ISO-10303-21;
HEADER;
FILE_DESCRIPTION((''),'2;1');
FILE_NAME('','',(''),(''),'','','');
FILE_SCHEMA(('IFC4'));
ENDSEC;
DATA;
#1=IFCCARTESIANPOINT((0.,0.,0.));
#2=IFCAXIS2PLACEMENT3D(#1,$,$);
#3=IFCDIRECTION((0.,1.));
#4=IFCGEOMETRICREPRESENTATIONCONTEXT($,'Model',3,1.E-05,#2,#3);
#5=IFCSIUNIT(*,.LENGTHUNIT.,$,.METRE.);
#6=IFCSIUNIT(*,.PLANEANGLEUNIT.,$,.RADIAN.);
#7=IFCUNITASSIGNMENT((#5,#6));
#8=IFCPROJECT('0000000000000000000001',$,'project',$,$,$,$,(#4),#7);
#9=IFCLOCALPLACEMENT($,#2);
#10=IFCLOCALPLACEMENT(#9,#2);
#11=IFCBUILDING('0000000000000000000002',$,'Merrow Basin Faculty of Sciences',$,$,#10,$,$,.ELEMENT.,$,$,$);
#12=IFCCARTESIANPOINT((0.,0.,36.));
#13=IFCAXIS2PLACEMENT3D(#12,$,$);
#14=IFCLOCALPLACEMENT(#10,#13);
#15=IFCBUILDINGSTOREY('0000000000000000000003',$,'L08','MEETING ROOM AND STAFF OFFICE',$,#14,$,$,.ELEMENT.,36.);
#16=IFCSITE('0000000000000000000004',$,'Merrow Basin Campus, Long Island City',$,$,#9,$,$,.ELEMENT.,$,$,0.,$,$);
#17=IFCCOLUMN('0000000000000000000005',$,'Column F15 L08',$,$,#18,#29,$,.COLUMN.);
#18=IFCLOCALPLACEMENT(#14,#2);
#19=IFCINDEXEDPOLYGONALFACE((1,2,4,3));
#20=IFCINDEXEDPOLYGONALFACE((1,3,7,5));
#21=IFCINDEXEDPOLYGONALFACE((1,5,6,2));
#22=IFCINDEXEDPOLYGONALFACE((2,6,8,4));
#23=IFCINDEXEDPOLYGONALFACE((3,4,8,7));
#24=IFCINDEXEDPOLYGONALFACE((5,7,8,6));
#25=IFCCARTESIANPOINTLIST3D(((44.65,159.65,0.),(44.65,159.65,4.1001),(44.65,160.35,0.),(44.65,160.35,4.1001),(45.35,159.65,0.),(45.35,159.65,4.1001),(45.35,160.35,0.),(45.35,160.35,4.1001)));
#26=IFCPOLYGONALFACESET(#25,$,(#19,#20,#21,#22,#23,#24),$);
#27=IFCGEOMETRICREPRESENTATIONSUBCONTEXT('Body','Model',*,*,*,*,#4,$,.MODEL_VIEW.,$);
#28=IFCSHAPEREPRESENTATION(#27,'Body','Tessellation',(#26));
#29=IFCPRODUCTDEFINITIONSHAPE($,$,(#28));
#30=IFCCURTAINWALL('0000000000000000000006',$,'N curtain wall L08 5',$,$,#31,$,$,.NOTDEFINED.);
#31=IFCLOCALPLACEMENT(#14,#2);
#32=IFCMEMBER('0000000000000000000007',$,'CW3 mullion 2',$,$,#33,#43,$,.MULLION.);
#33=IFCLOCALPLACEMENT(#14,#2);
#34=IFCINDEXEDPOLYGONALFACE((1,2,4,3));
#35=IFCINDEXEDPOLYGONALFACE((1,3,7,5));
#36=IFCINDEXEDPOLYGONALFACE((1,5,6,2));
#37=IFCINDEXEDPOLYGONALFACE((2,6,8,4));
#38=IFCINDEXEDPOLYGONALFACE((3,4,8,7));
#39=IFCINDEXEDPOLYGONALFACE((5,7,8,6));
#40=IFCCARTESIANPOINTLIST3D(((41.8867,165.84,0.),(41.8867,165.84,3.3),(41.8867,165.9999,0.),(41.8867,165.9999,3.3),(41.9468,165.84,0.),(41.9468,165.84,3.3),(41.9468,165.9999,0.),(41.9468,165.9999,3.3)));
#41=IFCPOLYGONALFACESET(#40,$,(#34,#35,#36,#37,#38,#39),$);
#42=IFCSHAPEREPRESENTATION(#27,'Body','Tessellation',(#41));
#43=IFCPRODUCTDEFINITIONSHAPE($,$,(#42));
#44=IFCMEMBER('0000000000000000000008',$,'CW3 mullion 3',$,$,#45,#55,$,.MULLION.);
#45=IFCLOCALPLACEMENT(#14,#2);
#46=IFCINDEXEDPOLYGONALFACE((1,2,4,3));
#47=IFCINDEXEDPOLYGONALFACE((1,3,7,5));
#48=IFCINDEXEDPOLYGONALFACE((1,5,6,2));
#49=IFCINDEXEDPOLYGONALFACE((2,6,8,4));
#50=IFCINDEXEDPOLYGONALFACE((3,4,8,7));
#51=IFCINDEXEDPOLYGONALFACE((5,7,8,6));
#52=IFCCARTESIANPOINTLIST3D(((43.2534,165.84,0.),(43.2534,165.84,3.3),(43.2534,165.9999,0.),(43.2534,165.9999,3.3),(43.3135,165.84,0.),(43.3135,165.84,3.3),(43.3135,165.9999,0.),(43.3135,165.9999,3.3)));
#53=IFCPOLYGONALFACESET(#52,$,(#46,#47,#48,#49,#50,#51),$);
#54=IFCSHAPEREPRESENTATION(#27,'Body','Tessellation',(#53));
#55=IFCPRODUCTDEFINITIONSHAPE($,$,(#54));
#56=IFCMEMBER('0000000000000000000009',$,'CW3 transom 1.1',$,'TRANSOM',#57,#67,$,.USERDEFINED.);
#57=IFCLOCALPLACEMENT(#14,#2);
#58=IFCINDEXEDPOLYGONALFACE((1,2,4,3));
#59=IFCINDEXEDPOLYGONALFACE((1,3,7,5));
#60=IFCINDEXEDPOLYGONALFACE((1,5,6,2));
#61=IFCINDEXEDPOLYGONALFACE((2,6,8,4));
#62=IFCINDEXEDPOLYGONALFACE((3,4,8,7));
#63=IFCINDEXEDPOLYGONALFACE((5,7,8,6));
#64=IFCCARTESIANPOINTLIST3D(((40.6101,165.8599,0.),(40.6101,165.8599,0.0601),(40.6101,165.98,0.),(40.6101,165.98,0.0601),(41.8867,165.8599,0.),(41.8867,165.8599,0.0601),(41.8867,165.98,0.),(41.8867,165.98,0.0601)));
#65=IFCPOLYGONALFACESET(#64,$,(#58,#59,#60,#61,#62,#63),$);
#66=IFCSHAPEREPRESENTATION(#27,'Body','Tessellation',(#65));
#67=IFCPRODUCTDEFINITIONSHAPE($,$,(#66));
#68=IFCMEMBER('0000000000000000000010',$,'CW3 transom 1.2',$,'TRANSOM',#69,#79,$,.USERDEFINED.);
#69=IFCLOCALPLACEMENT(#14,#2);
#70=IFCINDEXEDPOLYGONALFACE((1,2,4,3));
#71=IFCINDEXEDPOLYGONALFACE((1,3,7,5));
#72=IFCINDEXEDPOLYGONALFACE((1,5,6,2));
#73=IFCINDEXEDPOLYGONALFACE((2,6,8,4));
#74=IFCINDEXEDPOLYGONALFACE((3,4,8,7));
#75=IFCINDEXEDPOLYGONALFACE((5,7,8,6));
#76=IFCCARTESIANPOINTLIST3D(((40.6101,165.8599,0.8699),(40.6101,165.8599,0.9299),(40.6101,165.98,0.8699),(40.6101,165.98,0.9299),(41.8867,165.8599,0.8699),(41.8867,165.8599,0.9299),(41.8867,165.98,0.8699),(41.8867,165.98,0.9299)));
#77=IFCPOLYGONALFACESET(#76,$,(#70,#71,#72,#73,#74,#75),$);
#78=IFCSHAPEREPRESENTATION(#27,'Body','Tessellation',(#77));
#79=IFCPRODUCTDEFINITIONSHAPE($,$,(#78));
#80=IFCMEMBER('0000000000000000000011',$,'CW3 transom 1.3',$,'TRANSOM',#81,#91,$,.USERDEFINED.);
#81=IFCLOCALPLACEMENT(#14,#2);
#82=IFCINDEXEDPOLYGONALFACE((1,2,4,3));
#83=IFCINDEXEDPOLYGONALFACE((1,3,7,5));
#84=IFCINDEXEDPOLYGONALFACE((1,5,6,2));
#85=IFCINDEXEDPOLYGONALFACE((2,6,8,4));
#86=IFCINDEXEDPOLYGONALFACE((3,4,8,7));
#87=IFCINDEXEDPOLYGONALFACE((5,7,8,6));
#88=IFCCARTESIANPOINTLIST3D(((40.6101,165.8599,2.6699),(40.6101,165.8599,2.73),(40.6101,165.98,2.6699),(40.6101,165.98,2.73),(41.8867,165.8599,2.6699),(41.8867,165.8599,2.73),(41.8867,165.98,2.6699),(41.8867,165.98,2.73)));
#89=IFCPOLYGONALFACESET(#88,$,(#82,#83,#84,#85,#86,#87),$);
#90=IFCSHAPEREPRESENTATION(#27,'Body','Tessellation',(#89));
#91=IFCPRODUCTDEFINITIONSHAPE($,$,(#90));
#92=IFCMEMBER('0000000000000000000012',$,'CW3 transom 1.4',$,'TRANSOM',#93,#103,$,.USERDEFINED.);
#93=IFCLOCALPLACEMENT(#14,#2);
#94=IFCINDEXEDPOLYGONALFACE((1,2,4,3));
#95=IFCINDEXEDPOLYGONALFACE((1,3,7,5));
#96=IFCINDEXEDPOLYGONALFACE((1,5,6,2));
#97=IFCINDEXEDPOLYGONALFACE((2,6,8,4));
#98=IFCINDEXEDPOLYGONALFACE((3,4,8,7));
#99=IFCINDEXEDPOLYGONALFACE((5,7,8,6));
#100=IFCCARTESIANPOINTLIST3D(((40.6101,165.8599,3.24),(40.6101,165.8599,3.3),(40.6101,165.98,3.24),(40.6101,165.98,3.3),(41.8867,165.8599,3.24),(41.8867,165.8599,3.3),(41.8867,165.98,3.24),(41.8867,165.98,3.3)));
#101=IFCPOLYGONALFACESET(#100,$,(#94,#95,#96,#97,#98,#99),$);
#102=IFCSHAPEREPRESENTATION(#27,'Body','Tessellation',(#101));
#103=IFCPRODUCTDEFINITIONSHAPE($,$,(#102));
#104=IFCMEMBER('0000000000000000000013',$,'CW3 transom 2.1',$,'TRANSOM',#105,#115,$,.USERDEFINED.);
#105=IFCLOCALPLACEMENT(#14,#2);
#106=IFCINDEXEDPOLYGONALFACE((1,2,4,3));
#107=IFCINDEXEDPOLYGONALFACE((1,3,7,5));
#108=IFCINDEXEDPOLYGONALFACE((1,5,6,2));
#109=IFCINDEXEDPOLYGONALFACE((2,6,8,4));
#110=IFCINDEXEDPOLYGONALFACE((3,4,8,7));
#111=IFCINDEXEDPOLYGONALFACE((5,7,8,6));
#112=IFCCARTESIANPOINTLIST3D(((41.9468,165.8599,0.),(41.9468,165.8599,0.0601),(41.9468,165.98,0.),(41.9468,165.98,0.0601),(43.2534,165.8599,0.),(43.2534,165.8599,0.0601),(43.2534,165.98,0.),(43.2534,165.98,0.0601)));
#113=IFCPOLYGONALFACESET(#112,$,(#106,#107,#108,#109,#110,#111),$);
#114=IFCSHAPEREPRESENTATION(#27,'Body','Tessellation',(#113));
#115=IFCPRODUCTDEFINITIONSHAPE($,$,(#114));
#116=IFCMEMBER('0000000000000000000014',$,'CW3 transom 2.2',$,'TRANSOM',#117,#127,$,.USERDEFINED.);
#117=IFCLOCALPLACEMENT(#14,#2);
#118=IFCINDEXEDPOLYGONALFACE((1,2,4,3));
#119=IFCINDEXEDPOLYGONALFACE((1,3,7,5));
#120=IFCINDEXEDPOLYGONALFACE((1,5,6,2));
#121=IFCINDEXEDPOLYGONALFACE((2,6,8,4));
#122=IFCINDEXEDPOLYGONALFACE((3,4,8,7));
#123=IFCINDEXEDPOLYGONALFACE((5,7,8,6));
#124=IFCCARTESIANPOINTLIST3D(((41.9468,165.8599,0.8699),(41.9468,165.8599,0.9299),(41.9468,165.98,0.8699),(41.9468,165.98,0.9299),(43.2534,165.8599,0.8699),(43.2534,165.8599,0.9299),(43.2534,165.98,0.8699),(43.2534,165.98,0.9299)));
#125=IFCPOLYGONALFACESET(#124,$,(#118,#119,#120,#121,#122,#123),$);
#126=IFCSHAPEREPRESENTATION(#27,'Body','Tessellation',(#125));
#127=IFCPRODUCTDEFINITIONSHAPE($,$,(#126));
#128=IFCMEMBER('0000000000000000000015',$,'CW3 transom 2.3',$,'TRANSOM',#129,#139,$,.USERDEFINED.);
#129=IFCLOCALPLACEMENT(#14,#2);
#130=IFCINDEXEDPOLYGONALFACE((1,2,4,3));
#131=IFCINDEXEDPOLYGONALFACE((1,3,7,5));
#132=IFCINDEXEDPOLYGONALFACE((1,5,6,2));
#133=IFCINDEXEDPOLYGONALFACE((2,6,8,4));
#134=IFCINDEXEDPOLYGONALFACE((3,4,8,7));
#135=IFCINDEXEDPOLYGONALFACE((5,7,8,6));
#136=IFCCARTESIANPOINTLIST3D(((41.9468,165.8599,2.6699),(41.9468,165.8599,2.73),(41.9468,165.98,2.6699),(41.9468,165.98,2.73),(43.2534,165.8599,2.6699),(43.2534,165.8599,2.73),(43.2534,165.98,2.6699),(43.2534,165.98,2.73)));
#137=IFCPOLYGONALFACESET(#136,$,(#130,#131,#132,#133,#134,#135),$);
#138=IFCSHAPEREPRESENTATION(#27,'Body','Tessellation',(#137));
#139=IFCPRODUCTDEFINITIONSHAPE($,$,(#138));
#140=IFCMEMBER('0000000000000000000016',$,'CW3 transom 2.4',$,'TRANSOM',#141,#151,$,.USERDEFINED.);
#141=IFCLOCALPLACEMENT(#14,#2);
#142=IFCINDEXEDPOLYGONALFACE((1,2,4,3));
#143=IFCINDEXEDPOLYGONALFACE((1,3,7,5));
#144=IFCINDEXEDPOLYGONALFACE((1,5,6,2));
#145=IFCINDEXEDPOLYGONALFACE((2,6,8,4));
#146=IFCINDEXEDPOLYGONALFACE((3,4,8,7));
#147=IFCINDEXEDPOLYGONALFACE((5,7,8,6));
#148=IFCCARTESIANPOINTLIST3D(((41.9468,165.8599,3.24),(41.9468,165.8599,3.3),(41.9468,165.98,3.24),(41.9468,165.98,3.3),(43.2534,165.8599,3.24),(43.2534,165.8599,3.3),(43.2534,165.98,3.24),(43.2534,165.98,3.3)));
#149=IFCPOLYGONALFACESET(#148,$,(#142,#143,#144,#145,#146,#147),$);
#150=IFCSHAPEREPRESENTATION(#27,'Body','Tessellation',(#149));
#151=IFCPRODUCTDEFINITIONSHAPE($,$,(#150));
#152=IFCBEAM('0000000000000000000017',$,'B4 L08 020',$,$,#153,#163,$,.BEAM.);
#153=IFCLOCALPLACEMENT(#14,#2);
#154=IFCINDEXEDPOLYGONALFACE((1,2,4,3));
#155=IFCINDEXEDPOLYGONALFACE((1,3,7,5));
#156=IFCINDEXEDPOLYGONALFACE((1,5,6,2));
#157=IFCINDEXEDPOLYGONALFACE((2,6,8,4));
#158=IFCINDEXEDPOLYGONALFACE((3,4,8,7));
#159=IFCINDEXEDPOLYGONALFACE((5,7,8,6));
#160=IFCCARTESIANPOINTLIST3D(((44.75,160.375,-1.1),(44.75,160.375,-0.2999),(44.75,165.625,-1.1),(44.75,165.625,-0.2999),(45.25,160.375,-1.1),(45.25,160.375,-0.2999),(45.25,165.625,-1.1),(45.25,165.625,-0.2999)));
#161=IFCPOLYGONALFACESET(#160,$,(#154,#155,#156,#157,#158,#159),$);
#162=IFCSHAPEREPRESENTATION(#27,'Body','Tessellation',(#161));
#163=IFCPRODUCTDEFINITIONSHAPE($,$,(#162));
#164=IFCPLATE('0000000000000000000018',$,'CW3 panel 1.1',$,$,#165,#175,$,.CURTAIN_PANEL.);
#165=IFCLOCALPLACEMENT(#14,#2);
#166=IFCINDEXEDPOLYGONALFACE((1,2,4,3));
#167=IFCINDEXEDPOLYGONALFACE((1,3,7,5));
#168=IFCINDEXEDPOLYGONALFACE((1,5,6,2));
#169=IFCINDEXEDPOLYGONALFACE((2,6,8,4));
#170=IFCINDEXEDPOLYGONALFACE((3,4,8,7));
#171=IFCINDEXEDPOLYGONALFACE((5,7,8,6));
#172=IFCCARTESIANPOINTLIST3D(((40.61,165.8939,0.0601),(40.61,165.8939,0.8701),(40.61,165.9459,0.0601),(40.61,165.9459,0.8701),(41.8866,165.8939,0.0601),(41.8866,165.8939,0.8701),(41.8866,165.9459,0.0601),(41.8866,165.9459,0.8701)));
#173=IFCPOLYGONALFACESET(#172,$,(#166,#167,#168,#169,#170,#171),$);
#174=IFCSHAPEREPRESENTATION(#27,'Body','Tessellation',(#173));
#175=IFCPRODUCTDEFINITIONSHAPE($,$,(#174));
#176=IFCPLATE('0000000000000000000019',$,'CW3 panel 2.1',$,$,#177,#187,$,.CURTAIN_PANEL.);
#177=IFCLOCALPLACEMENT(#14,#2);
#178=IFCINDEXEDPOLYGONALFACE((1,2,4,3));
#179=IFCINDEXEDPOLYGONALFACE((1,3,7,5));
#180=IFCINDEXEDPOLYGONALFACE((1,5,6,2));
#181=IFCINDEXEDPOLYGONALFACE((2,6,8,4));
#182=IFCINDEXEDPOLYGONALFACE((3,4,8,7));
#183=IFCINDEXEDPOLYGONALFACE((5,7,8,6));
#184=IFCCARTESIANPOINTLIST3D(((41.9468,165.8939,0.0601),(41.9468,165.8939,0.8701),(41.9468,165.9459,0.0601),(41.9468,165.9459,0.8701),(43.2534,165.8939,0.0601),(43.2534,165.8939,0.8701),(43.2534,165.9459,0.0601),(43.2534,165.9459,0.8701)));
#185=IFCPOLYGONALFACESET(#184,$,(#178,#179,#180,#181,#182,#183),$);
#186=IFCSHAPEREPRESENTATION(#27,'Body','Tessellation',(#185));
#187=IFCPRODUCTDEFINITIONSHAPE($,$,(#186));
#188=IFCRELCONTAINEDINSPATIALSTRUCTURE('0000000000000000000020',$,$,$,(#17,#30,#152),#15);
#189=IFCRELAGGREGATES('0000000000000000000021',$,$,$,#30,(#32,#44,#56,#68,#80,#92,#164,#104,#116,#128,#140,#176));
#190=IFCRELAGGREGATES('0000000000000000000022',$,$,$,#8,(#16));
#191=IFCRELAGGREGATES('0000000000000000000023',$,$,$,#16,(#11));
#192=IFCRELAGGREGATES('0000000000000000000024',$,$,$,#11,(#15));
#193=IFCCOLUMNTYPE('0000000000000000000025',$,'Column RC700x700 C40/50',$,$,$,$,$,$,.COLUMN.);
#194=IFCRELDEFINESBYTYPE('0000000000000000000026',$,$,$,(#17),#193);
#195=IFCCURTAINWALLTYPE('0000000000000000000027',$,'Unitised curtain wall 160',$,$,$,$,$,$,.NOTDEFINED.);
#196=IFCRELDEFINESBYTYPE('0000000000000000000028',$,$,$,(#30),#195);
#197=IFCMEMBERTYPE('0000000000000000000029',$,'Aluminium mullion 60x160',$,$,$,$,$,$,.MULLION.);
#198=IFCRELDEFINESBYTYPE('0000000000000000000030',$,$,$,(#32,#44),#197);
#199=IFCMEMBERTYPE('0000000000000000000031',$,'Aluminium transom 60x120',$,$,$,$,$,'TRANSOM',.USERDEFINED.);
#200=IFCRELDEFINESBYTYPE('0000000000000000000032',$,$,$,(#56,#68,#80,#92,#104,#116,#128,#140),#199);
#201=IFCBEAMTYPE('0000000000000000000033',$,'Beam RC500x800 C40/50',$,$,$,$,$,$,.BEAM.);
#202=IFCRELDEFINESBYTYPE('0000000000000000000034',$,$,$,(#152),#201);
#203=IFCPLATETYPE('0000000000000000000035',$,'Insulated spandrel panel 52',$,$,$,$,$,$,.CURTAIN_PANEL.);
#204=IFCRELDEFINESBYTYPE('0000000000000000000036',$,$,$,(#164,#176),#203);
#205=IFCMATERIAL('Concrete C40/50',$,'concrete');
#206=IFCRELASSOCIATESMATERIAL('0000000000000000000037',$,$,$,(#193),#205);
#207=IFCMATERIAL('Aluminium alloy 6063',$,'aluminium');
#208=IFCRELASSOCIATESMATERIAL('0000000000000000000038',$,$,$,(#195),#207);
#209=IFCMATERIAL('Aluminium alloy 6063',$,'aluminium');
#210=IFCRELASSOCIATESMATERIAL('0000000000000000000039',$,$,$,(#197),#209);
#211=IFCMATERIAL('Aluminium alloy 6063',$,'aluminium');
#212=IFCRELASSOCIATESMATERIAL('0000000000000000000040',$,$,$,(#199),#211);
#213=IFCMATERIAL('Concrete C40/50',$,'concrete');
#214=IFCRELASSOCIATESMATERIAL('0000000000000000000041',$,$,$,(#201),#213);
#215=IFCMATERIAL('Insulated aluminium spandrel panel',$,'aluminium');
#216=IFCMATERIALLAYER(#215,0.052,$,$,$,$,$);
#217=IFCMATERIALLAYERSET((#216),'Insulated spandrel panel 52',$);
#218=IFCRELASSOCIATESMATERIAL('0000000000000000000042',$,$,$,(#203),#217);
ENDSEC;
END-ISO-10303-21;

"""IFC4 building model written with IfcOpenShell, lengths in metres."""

from ifc_helpers import new_model, si_unit, direction, frame, origin, origin_2d, place, context, subcontext, project, spatial, rectangle, extrude, material, layer, layer_set, material_profile, profile_set, type_object, element, aggregate, save


model = new_model("IFC4")

# Units and contexts
model_context = context("Model", 3, precision=1e-05, world=origin(), true_north=direction((0.0, 1.0)))
body_context = subcontext(model_context, "Body", "Model", "MODEL_VIEW")
ifc_project = project(units=[si_unit("LENGTHUNIT", "METRE"), si_unit("PLANEANGLEUNIT", "RADIAN")], contexts=[model_context])

# Site, building, storey
site_placement = place(None, origin())
site = spatial("IfcSite", under=ifc_project, at=site_placement, Name="Merrow Basin Campus, Long Island City", CompositionType="ELEMENT", RefElevation=0.0)
building_placement = place(site_placement, origin())
building = spatial("IfcBuilding", under=site, at=building_placement, Name="Merrow Basin Faculty of Sciences", CompositionType="ELEMENT")
storey_placement = place(building_placement, frame((0.0, 0.0, 36.0)))
storey = spatial("IfcBuildingStorey", under=building, at=storey_placement, Name="L08", Description="MEETING ROOM AND STAFF OFFICE", CompositionType="ELEMENT", Elevation=36.0)

# Column
ifc_material_1 = material(Name="Concrete C40/50", Category="concrete")
ifc_material_profile_1 = material_profile(ifc_material_1, rectangle(XDim=0.7, YDim=0.7, at=origin_2d()))
ifc_profile_set_1 = profile_set([ifc_material_profile_1], Name="Concrete C40/50")
column_type = type_object("IfcColumnType", Name="Column RC700x700 C40/50", PredefinedType="COLUMN", material=ifc_profile_set_1)
column_placement = place(storey_placement, frame((45.0, 160.0, 0.0), z_axis=(0.0, 0.0, 1.0), x_axis=(1.0, 0.0, 0.0)))
element("IfcColumn", 1, at=column_placement, inside=storey, type_object=column_type, Name="Column F15 L08", PredefinedType="COLUMN", context=body_context, shape_type="SweptSolid", body=[
    extrude(rectangle(XDim=0.7, YDim=0.7, at=origin_2d()), origin(), (0.0, 0.0, 1.0), 4.1001),
])

# Curtain wall, members
ifc_material_2 = material(Name="Aluminium alloy 6063", Category="aluminium")
curtain_wall_type = type_object("IfcCurtainWallType", Name="Unitised curtain wall 160", PredefinedType="NOTDEFINED", material=ifc_material_2)
curtain_wall_placement = place(storey_placement, origin())
curtain_wall = element("IfcCurtainWall", 2, at=curtain_wall_placement, inside=storey, type_object=curtain_wall_type, Name="N curtain wall L08 5", PredefinedType="NOTDEFINED")
ifc_material_3 = material(Name="Aluminium alloy 6063", Category="aluminium")
ifc_material_profile_2 = material_profile(ifc_material_3, rectangle(XDim=0.1599, YDim=0.0601, at=origin_2d()))
ifc_profile_set_2 = profile_set([ifc_material_profile_2], Name="Aluminium alloy 6063")
member_type_1 = type_object("IfcMemberType", Name="Aluminium mullion 60x160", PredefinedType="MULLION", material=ifc_profile_set_2)
member_1_placement = place(storey_placement, frame((41.9167, 165.9199, 0.0), z_axis=(0.0, 0.0, 1.0), x_axis=(0.0, 1.0, 0.0)))
member_1 = element("IfcMember", 3, at=member_1_placement, type_object=member_type_1, Name="CW3 mullion 2", PredefinedType="MULLION", context=body_context, shape_type="SweptSolid", body=[
    extrude(rectangle(XDim=0.1599, YDim=0.0601, at=origin_2d()), origin(), (0.0, 0.0, 1.0), 3.3),
])
member_2_placement = place(storey_placement, frame((43.2834, 165.9199, 0.0), z_axis=(0.0, 0.0, 1.0), x_axis=(0.0, 1.0, 0.0)))
member_2 = element("IfcMember", 4, at=member_2_placement, type_object=member_type_1, Name="CW3 mullion 3", PredefinedType="MULLION", context=body_context, shape_type="SweptSolid", body=[
    extrude(rectangle(XDim=0.1599, YDim=0.0601, at=origin_2d()), origin(), (0.0, 0.0, 1.0), 3.3),
])
ifc_material_4 = material(Name="Aluminium alloy 6063", Category="aluminium")
ifc_material_profile_3 = material_profile(ifc_material_4, rectangle(XDim=0.1201, YDim=0.0601, at=origin_2d()))
ifc_profile_set_3 = profile_set([ifc_material_profile_3], Name="Aluminium alloy 6063")
member_type_2 = type_object("IfcMemberType", Name="Aluminium transom 60x120", ElementType="TRANSOM", PredefinedType="USERDEFINED", material=ifc_profile_set_3)
member_3_placement = place(storey_placement, frame((40.6101, 165.9199, 0.03), z_axis=(1.0, 0.0, 0.0), x_axis=(0.0, 1.0, 0.0)))
member_3 = element("IfcMember", 5, at=member_3_placement, type_object=member_type_2, Name="CW3 transom 1.1", ObjectType="TRANSOM", PredefinedType="USERDEFINED", context=body_context, shape_type="SweptSolid", body=[
    extrude(rectangle(XDim=0.1201, YDim=0.0601, at=origin_2d()), origin(), (0.0, 0.0, 1.0), 1.2766),
])
member_4_placement = place(storey_placement, frame((40.6101, 165.9199, 0.8999), z_axis=(1.0, 0.0, 0.0), x_axis=(0.0, 1.0, 0.0)))
member_4 = element("IfcMember", 6, at=member_4_placement, type_object=member_type_2, Name="CW3 transom 1.2", ObjectType="TRANSOM", PredefinedType="USERDEFINED", context=body_context, shape_type="SweptSolid", body=[
    extrude(rectangle(XDim=0.1201, YDim=0.0601, at=origin_2d()), origin(), (0.0, 0.0, 1.0), 1.2766),
])
member_5_placement = place(storey_placement, frame((40.6101, 165.9199, 2.7), z_axis=(1.0, 0.0, 0.0), x_axis=(0.0, 1.0, 0.0)))
member_5 = element("IfcMember", 7, at=member_5_placement, type_object=member_type_2, Name="CW3 transom 1.3", ObjectType="TRANSOM", PredefinedType="USERDEFINED", context=body_context, shape_type="SweptSolid", body=[
    extrude(rectangle(XDim=0.1201, YDim=0.0601, at=origin_2d()), origin(), (0.0, 0.0, 1.0), 1.2766),
])
member_6_placement = place(storey_placement, frame((40.6101, 165.9199, 3.27), z_axis=(1.0, 0.0, 0.0), x_axis=(0.0, 1.0, 0.0)))
member_6 = element("IfcMember", 8, at=member_6_placement, type_object=member_type_2, Name="CW3 transom 1.4", ObjectType="TRANSOM", PredefinedType="USERDEFINED", context=body_context, shape_type="SweptSolid", body=[
    extrude(rectangle(XDim=0.1201, YDim=0.0601, at=origin_2d()), origin(), (0.0, 0.0, 1.0), 1.2766),
])
member_7_placement = place(storey_placement, frame((41.9468, 165.9199, 0.03), z_axis=(1.0, 0.0, 0.0), x_axis=(0.0, 1.0, 0.0)))
member_7 = element("IfcMember", 9, at=member_7_placement, type_object=member_type_2, Name="CW3 transom 2.1", ObjectType="TRANSOM", PredefinedType="USERDEFINED", context=body_context, shape_type="SweptSolid", body=[
    extrude(rectangle(XDim=0.1201, YDim=0.0601, at=origin_2d()), origin(), (0.0, 0.0, 1.0), 1.3066),
])
member_8_placement = place(storey_placement, frame((41.9468, 165.9199, 0.8999), z_axis=(1.0, 0.0, 0.0), x_axis=(0.0, 1.0, 0.0)))
member_8 = element("IfcMember", 10, at=member_8_placement, type_object=member_type_2, Name="CW3 transom 2.2", ObjectType="TRANSOM", PredefinedType="USERDEFINED", context=body_context, shape_type="SweptSolid", body=[
    extrude(rectangle(XDim=0.1201, YDim=0.0601, at=origin_2d()), origin(), (0.0, 0.0, 1.0), 1.3066),
])
member_9_placement = place(storey_placement, frame((41.9468, 165.9199, 2.7), z_axis=(1.0, 0.0, 0.0), x_axis=(0.0, 1.0, 0.0)))
member_9 = element("IfcMember", 11, at=member_9_placement, type_object=member_type_2, Name="CW3 transom 2.3", ObjectType="TRANSOM", PredefinedType="USERDEFINED", context=body_context, shape_type="SweptSolid", body=[
    extrude(rectangle(XDim=0.1201, YDim=0.0601, at=origin_2d()), origin(), (0.0, 0.0, 1.0), 1.3066),
])
member_10_placement = place(storey_placement, frame((41.9468, 165.9199, 3.27), z_axis=(1.0, 0.0, 0.0), x_axis=(0.0, 1.0, 0.0)))
member_10 = element("IfcMember", 12, at=member_10_placement, type_object=member_type_2, Name="CW3 transom 2.4", ObjectType="TRANSOM", PredefinedType="USERDEFINED", context=body_context, shape_type="SweptSolid", body=[
    extrude(rectangle(XDim=0.1201, YDim=0.0601, at=origin_2d()), origin(), (0.0, 0.0, 1.0), 1.3066),
])

# Beam
ifc_material_5 = material(Name="Concrete C40/50", Category="concrete")
ifc_material_profile_4 = material_profile(ifc_material_5, rectangle(XDim=0.5, YDim=0.8, at=origin_2d()))
ifc_profile_set_4 = profile_set([ifc_material_profile_4], Name="Concrete C40/50")
beam_type = type_object("IfcBeamType", Name="Beam RC500x800 C40/50", PredefinedType="BEAM", material=ifc_profile_set_4)
beam_placement = place(storey_placement, frame((45.0, 160.375, -0.7), z_axis=(0.0, 1.0, 0.0), x_axis=(-1.0, 0.0, 0.0)))
element("IfcBeam", 13, at=beam_placement, inside=storey, type_object=beam_type, Name="B4 L08 020", PredefinedType="BEAM", context=body_context, shape_type="SweptSolid", body=[
    extrude(rectangle(XDim=0.5, YDim=0.8, at=origin_2d()), origin(), (0.0, 0.0, 1.0), 5.25),
])

# Plates
ifc_material_6 = material(Name="Insulated aluminium spandrel panel", Category="aluminium")
ifc_layer_1 = layer(ifc_material_6, 0.052)
ifc_layer_set_1 = layer_set([ifc_layer_1], Name="Insulated spandrel panel 52")
plate_type_1 = type_object("IfcPlateType", Name="Insulated spandrel panel 52", PredefinedType="CURTAIN_PANEL", material=ifc_layer_set_1)
plate_1_placement = place(storey_placement, frame((41.2483, 165.9199, 0.0601), z_axis=(0.0, 0.0, 1.0), x_axis=(1.0, 0.0, 0.0)))
plate_1 = element("IfcPlate", 14, at=plate_1_placement, type_object=plate_type_1, Name="CW3 panel 1.1", PredefinedType="CURTAIN_PANEL", context=body_context, shape_type="SweptSolid", body=[
    extrude(rectangle(XDim=1.2766, YDim=0.052, at=origin_2d()), origin(), (0.0, 0.0, 1.0), 0.8101),
])
plate_2_placement = place(storey_placement, frame((42.6001, 165.9199, 0.0601), z_axis=(0.0, 0.0, 1.0), x_axis=(1.0, 0.0, 0.0)))
plate_2 = element("IfcPlate", 15, at=plate_2_placement, type_object=plate_type_1, Name="CW3 panel 2.1", PredefinedType="CURTAIN_PANEL", context=body_context, shape_type="SweptSolid", body=[
    extrude(rectangle(XDim=1.3066, YDim=0.052, at=origin_2d()), origin(), (0.0, 0.0, 1.0), 0.8101),
])
aggregate(curtain_wall, [member_1, member_2, member_3, member_4, member_5, member_6, plate_1, member_7, member_8, member_9, member_10, plate_2])

save(model, "model.ifc")
